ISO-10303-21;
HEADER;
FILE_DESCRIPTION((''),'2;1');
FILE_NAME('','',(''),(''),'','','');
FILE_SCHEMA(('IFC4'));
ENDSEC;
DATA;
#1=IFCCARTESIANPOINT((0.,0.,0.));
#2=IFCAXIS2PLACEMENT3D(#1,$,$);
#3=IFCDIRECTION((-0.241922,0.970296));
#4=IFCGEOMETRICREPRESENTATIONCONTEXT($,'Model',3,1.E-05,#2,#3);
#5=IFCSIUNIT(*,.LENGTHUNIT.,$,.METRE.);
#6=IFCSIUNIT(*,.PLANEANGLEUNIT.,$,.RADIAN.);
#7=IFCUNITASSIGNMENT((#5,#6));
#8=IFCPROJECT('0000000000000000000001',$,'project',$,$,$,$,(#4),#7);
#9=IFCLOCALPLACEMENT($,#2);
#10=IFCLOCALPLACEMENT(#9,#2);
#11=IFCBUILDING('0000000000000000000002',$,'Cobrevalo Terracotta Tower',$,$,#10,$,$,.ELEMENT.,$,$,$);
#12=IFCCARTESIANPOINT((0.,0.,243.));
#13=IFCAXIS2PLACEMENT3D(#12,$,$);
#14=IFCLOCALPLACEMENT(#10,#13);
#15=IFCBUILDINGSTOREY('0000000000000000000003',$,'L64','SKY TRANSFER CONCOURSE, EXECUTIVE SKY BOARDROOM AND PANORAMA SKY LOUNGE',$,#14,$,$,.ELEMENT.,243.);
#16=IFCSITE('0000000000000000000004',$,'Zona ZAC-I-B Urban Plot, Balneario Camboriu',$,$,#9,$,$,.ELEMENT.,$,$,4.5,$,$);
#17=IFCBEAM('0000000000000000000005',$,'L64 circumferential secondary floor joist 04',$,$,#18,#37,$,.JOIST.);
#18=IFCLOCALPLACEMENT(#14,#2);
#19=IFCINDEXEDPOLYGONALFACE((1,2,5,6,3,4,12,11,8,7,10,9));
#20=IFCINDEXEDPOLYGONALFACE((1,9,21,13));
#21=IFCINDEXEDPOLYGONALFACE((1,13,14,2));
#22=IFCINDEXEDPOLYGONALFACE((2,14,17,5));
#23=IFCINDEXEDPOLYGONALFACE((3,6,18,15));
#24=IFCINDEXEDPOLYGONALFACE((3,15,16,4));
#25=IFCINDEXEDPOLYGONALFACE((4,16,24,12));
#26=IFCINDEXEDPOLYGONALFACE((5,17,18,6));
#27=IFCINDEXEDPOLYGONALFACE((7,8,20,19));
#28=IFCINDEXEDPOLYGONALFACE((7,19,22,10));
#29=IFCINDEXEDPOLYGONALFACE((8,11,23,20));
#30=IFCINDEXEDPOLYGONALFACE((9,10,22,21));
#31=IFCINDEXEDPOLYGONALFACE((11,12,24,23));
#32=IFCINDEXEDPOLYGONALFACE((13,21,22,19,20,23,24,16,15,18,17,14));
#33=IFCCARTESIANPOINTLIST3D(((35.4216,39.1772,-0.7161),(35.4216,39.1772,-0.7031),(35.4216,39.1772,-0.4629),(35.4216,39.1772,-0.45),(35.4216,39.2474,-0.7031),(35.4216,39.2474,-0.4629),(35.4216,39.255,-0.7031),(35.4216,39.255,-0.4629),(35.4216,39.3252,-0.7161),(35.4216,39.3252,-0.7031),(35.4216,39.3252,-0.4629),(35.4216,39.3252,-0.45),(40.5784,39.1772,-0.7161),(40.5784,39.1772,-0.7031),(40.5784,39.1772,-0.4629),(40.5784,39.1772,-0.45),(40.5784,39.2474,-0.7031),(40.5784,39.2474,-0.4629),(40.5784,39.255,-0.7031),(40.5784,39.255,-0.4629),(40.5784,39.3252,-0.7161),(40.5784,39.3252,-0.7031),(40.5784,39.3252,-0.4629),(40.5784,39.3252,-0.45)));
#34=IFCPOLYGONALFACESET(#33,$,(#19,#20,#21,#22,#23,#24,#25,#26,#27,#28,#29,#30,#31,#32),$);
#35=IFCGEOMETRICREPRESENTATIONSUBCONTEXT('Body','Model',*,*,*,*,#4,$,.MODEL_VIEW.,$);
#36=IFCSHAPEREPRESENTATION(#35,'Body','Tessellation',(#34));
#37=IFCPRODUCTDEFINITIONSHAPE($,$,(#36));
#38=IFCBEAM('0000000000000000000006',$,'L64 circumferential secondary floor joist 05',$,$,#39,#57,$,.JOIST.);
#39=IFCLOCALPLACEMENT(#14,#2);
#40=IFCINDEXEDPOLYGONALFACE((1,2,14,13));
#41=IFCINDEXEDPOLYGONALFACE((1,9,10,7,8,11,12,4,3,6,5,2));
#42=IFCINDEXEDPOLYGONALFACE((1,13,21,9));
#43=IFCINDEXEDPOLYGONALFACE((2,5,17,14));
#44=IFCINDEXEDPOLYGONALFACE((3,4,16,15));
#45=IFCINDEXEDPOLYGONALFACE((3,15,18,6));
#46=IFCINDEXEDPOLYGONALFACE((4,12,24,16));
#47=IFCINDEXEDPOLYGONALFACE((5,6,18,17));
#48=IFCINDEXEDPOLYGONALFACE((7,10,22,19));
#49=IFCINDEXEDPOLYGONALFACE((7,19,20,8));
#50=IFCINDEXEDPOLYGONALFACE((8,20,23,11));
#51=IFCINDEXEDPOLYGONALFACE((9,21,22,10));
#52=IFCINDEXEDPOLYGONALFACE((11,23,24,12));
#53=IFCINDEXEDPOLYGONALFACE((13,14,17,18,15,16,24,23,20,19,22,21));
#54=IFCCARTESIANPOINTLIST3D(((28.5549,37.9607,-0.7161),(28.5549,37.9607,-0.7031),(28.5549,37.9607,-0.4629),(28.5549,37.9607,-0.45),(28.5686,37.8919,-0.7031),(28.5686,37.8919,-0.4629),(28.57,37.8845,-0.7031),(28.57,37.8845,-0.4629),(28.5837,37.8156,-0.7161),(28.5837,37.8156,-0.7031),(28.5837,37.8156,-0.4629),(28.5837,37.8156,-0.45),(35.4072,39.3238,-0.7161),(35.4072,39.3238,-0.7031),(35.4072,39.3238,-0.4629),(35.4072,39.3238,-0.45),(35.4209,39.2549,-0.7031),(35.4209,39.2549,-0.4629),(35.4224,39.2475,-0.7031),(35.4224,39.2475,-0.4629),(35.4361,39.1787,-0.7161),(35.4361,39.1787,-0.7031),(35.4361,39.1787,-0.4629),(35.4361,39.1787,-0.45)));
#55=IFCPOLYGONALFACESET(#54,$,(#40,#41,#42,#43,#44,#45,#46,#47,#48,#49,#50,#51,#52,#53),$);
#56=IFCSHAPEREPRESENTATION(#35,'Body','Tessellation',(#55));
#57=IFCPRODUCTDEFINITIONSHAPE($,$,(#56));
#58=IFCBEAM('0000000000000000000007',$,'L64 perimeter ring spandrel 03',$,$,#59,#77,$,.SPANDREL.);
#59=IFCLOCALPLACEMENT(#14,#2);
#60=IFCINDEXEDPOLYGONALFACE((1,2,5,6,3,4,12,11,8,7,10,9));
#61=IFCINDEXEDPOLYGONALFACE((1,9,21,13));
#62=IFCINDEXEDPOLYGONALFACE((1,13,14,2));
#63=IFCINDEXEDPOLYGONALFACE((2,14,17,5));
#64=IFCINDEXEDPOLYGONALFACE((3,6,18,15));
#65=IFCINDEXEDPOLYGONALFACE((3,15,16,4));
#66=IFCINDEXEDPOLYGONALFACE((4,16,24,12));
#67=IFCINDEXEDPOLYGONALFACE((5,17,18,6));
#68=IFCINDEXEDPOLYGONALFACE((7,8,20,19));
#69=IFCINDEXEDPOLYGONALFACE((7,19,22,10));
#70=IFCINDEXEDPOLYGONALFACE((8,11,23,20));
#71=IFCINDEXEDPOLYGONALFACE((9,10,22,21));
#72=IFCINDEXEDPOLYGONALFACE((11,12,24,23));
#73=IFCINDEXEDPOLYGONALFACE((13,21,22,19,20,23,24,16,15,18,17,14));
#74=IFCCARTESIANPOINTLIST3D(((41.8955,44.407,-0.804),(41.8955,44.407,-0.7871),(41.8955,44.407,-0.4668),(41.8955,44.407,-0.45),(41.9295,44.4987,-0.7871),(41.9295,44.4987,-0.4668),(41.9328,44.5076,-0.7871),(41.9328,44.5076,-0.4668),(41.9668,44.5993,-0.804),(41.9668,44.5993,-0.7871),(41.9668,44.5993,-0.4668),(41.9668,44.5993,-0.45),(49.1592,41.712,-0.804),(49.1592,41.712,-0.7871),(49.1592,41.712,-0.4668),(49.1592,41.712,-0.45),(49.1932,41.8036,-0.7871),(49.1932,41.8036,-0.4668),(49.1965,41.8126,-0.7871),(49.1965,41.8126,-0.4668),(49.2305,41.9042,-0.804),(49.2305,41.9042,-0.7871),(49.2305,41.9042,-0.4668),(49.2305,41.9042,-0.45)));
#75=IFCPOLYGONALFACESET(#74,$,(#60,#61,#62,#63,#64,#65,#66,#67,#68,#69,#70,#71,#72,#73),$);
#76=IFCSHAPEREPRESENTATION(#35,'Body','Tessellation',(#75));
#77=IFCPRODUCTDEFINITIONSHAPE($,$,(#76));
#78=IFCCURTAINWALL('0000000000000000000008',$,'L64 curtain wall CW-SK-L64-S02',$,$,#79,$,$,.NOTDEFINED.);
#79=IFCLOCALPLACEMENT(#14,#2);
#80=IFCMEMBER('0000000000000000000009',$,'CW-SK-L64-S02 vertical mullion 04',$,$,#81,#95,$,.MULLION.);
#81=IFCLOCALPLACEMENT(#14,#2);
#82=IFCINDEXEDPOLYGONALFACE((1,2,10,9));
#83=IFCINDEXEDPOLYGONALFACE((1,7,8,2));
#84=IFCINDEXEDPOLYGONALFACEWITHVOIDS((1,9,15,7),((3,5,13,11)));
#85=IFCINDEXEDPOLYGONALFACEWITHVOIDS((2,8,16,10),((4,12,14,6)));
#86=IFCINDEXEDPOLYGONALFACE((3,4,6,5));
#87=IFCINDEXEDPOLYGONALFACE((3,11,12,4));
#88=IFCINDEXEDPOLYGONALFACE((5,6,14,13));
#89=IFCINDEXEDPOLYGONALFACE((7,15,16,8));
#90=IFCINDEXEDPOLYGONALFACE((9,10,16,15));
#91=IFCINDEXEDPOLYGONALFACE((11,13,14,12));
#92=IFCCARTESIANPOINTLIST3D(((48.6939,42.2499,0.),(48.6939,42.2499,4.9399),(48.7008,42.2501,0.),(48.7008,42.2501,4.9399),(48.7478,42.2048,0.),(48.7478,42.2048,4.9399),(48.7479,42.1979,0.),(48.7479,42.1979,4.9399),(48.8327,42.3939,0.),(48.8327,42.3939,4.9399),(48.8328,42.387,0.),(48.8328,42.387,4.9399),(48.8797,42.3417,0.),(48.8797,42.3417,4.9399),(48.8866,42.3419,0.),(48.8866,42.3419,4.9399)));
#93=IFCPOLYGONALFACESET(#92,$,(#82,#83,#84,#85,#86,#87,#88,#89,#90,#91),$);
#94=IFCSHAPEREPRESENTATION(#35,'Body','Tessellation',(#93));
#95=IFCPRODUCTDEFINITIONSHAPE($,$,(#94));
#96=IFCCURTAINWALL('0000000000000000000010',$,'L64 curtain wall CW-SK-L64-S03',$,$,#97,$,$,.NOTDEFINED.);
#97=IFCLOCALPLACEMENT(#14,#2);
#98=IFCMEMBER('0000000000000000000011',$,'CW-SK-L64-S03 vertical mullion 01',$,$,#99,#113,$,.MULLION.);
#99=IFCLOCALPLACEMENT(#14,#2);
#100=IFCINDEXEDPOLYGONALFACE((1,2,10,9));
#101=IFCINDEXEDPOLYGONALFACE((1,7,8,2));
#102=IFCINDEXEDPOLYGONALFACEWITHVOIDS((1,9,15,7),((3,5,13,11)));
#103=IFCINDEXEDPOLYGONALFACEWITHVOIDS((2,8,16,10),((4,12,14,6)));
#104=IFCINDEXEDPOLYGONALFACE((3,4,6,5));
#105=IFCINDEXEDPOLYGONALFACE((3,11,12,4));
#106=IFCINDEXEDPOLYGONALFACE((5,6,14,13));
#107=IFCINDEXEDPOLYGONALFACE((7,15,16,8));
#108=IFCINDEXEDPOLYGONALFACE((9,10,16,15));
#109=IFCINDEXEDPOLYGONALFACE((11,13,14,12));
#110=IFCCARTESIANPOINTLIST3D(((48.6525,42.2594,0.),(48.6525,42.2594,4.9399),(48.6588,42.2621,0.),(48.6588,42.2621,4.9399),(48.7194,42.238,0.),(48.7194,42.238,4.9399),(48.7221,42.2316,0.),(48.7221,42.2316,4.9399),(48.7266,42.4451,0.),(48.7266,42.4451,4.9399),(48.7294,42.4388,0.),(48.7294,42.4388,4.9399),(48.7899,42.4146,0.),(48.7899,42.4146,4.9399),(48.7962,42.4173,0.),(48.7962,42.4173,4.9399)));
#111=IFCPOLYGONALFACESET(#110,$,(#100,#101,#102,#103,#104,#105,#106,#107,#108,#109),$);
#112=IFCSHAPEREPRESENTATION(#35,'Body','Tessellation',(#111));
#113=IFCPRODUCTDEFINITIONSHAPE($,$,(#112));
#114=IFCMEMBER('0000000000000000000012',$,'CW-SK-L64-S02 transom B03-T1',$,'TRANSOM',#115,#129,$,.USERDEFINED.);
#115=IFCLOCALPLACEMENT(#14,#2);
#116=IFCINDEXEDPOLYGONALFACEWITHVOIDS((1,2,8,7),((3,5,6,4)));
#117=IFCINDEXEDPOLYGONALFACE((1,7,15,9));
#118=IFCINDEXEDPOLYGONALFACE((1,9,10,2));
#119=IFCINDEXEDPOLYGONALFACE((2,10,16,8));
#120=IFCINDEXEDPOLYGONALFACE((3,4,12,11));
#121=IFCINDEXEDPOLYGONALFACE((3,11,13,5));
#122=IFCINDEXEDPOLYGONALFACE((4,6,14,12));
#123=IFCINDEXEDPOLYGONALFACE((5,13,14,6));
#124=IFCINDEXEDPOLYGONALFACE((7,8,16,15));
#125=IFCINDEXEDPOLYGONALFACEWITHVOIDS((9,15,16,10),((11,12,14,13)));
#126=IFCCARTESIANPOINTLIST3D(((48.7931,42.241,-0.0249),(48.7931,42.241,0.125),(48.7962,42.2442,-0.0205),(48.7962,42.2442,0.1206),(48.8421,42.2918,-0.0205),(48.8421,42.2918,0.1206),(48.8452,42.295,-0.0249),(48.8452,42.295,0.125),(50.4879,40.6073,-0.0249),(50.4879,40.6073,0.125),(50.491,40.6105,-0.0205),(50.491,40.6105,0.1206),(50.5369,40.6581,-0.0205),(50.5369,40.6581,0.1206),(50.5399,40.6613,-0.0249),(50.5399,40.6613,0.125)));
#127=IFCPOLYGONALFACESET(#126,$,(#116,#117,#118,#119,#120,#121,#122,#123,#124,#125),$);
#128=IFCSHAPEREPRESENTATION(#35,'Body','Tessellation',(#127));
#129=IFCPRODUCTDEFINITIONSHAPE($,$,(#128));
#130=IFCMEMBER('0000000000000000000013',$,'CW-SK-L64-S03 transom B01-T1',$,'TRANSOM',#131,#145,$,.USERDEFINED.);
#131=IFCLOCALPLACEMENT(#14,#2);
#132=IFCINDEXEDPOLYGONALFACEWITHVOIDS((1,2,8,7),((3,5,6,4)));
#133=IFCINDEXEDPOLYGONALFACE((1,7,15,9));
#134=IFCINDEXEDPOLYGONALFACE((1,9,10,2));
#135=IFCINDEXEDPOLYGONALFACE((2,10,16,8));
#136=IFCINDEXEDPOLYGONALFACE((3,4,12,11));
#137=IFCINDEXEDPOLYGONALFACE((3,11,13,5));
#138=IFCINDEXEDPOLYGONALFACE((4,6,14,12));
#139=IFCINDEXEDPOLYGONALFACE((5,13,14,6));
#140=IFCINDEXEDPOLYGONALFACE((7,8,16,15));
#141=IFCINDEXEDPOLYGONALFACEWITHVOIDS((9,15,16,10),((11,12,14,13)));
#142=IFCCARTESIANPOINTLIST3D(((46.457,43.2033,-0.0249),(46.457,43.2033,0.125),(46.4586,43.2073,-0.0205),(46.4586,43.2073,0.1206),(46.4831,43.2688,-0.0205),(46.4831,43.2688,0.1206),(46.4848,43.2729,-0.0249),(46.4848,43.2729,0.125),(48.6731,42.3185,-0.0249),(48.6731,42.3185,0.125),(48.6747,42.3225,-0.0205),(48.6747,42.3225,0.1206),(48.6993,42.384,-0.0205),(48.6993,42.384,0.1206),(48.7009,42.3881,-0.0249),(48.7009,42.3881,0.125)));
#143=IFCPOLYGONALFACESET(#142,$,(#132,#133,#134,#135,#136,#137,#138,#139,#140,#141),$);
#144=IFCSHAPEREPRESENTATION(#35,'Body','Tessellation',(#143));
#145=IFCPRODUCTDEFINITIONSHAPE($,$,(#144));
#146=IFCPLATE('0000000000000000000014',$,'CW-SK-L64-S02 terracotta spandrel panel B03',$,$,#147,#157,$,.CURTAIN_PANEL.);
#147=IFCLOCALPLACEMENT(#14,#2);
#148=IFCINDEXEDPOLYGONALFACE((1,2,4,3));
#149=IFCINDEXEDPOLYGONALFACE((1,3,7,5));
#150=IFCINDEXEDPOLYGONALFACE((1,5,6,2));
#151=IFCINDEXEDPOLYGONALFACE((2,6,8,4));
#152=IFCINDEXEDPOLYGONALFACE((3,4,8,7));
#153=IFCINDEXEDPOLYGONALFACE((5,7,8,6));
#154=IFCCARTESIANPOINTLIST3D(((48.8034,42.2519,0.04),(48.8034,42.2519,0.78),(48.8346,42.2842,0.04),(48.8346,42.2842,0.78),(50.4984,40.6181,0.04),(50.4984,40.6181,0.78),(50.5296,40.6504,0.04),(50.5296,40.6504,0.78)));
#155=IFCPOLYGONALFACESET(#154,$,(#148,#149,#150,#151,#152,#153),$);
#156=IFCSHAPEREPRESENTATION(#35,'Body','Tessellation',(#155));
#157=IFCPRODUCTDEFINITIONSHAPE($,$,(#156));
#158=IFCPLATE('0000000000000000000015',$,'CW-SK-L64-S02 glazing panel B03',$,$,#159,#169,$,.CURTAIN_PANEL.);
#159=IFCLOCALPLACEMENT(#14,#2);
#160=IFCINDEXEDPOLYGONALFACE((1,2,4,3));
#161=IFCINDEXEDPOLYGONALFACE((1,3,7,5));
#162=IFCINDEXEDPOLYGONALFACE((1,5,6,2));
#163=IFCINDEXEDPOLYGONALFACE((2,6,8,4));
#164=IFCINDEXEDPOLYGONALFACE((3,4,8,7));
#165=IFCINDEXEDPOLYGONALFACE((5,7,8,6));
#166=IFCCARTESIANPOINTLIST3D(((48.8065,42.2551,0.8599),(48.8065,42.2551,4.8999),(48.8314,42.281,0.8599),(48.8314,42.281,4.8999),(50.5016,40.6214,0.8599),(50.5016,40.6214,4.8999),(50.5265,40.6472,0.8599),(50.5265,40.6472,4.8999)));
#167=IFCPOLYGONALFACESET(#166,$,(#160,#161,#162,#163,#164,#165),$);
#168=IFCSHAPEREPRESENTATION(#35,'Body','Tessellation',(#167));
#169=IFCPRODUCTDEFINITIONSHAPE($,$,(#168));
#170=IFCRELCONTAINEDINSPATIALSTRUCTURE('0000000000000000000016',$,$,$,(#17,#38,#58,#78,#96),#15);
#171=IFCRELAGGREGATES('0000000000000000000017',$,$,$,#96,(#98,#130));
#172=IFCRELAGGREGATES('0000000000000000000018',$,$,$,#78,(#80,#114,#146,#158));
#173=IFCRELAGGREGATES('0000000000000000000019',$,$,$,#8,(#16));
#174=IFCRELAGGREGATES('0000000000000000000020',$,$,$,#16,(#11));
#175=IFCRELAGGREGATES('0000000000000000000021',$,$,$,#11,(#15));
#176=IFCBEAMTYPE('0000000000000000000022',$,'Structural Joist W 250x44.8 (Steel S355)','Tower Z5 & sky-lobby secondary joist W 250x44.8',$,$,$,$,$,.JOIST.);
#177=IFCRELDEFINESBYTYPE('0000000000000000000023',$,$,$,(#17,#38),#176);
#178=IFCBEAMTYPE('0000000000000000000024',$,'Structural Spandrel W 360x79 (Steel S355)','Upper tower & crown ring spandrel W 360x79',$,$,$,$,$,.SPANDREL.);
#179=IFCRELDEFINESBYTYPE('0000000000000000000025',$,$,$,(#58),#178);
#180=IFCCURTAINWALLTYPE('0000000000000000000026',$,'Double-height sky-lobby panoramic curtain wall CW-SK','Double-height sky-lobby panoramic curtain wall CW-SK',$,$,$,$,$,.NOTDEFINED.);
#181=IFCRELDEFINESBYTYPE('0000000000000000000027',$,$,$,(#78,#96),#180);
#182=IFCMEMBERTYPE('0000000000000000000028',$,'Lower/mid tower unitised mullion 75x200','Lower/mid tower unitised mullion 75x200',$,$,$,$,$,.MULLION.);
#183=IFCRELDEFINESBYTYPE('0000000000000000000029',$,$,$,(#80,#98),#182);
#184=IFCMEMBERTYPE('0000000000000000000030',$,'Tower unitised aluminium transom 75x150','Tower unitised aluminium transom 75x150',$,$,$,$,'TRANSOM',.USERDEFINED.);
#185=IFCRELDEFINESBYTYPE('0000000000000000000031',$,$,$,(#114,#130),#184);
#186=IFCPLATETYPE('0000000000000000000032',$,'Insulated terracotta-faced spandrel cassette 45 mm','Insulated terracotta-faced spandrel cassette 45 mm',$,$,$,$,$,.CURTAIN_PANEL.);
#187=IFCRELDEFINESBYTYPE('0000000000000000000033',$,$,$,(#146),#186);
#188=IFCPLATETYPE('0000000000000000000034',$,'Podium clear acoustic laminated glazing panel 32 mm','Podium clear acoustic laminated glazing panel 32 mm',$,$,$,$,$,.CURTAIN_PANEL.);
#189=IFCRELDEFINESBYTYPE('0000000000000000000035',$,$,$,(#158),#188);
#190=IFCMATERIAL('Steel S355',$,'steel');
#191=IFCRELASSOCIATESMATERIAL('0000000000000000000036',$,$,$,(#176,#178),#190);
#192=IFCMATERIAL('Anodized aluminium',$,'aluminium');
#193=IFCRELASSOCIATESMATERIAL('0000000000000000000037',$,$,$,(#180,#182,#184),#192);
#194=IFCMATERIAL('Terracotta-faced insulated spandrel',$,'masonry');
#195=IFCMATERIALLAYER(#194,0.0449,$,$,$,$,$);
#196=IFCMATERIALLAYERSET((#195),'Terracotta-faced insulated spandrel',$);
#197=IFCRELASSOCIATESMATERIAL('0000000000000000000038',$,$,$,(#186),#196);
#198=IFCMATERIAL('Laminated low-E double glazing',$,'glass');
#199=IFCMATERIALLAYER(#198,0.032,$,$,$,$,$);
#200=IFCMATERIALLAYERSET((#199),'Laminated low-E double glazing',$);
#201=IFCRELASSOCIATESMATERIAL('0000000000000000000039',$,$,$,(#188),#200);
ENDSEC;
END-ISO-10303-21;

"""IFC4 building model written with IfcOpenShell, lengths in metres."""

from ifc_helpers import new_model, si_unit, direction, frame, origin, origin_2d, place, context, subcontext, project, spatial, rectangle, hollow_rectangle, i_section, extrude, source, transform, mapped, material, layer, layer_set, material_profile, profile_set, type_object, element, aggregate, save


model = new_model("IFC4")

# Units and contexts
model_context = context("Model", 3, precision=1e-05, world=origin(), true_north=direction((-0.241922, 0.970296)))
body_context = subcontext(model_context, "Body", "Model", "MODEL_VIEW")
ifc_project = project(units=[si_unit("LENGTHUNIT", "METRE"), si_unit("PLANEANGLEUNIT", "RADIAN")], contexts=[model_context])

# Site, building, storey
site_placement = place(None, origin())
site = spatial("IfcSite", under=ifc_project, at=site_placement, Name="Zona ZAC-I-B Urban Plot, Balneario Camboriu", CompositionType="ELEMENT", RefElevation=4.5)
building_placement = place(site_placement, origin())
building = spatial("IfcBuilding", under=site, at=building_placement, Name="Cobrevalo Terracotta Tower", CompositionType="ELEMENT")
storey_placement = place(building_placement, frame((0.0, 0.0, 243.0)))
storey = spatial("IfcBuildingStorey", under=building, at=storey_placement, Name="L64", Description="SKY TRANSFER CONCOURSE, EXECUTIVE SKY BOARDROOM AND PANORAMA SKY LOUNGE", CompositionType="ELEMENT", Elevation=243.0)

# Shared definitions
ifc_material_1 = material(Name="Steel S355", Category="steel")

# Beams
ifc_material_profile_1 = material_profile(ifc_material_1, i_section(OverallWidth=0.1479, OverallDepth=0.2661, WebThickness=0.0076, FlangeThickness=0.0129, at=origin_2d()), Name="W 250x44.8")
ifc_profile_set_1 = profile_set([ifc_material_profile_1], Name="Steel S355")
beam_type_1 = type_object("IfcBeamType", Name="Structural Joist W 250x44.8 (Steel S355)", Description="Tower Z5 & sky-lobby secondary joist W 250x44.8", PredefinedType="JOIST", material=ifc_profile_set_1)
beam_1_placement = place(storey_placement, frame((40.5784, 39.2512, -0.583), z_axis=(-1.0, 0.0, 0.0), x_axis=(0.0, -1.0, 0.0)))
element("IfcBeam", 1, at=beam_1_placement, inside=storey, type_object=beam_type_1, Name="L64 circumferential secondary floor joist 04", PredefinedType="JOIST", context=body_context, shape_type="SweptSolid", body=[
    extrude(i_section(OverallWidth=0.1479, OverallDepth=0.2661, WebThickness=0.0076, FlangeThickness=0.0129, at=origin_2d()), origin(), (0.0, 0.0, 1.0), 5.1567),
])
beam_2_placement = place(storey_placement, frame((35.4216, 39.2512, -0.583), z_axis=(-0.980784, -0.195095, 0.0), x_axis=(0.195095, -0.980784, 0.0)))
element("IfcBeam", 2, at=beam_2_placement, inside=storey, type_object=beam_type_1, Name="L64 circumferential secondary floor joist 05", PredefinedType="JOIST", context=body_context, shape_type="SweptSolid", body=[
    extrude(i_section(OverallWidth=0.1479, OverallDepth=0.2661, WebThickness=0.0076, FlangeThickness=0.0129, at=origin_2d()), origin(), (0.0, 0.0, 1.0), 6.9866),
])
ifc_material_profile_2 = material_profile(ifc_material_1, i_section(OverallWidth=0.2051, OverallDepth=0.354, WebThickness=0.0095, FlangeThickness=0.0168, at=origin_2d()), Name="W 360x79")
ifc_profile_set_2 = profile_set([ifc_material_profile_2], Name="Steel S355")
beam_type_2 = type_object("IfcBeamType", Name="Structural Spandrel W 360x79 (Steel S355)", Description="Upper tower & crown ring spandrel W 360x79", PredefinedType="SPANDREL", material=ifc_profile_set_2)
beam_3_placement = place(storey_placement, frame((49.1948, 41.8081, -0.627), z_axis=(-0.937546, 0.347861, 0.0), x_axis=(-0.347861, -0.937546, 0.0)))
element("IfcBeam", 3, at=beam_3_placement, inside=storey, type_object=beam_type_2, Name="L64 perimeter ring spandrel 03", PredefinedType="SPANDREL", context=body_context, shape_type="SweptSolid", body=[
    extrude(i_section(OverallWidth=0.2051, OverallDepth=0.354, WebThickness=0.0095, FlangeThickness=0.0168, at=origin_2d()), origin(), (0.0, 0.0, 1.0), 7.7476),
])

# Curtain walls, members
ifc_material_2 = material(Name="Anodized aluminium", Category="aluminium")
curtain_wall_type = type_object("IfcCurtainWallType", Name="Double-height sky-lobby panoramic curtain wall CW-SK", Description="Double-height sky-lobby panoramic curtain wall CW-SK", PredefinedType="NOTDEFINED", material=ifc_material_2)
curtain_wall_1_placement = place(storey_placement, origin())
curtain_wall_1 = element("IfcCurtainWall", 4, at=curtain_wall_1_placement, inside=storey, type_object=curtain_wall_type, Name="L64 curtain wall CW-SK-L64-S02", PredefinedType="NOTDEFINED")
ifc_material_profile_3 = material_profile(ifc_material_2, hollow_rectangle(XDim=0.075, YDim=0.2, WallThickness=0.0049, at=origin_2d()), Name="CWM 75x200")
ifc_profile_set_3 = profile_set([ifc_material_profile_3], Name="Anodized aluminium")
member_type_1 = type_object("IfcMemberType", Name="Lower/mid tower unitised mullion 75x200", Description="Lower/mid tower unitised mullion 75x200", PredefinedType="MULLION", material=ifc_profile_set_3)
shared_shape_1 = source(origin(), body_context, "Body", "SweptSolid", [
    extrude(hollow_rectangle(XDim=0.075, YDim=0.2, WallThickness=0.0049, at=origin_2d()), origin(), (0.0, 0.0, 1.0), 4.9399),
])
member_1_placement = place(storey_placement, frame((48.7903, 42.2959, 0.0), z_axis=(0.0, 0.0, 1.0), x_axis=(-0.719994, 0.69398, 0.0)))
member_1 = element("IfcMember", 5, at=member_1_placement, type_object=member_type_1, Name="CW-SK-L64-S02 vertical mullion 04", PredefinedType="MULLION", context=body_context, shape_type="MappedRepresentation", body=[
    mapped(shared_shape_1, transform((0.0, 0.0, 0.0), scale=1.0)),
])
curtain_wall_2_placement = place(storey_placement, origin())
curtain_wall_2 = element("IfcCurtainWall", 6, at=curtain_wall_2_placement, inside=storey, type_object=curtain_wall_type, Name="L64 curtain wall CW-SK-L64-S03", PredefinedType="NOTDEFINED")
member_2_placement = place(storey_placement, frame((48.7244, 42.3384, 0.0), z_axis=(0.0, 0.0, 1.0), x_axis=(-0.928719, 0.370784, 0.0)))
member_2 = element("IfcMember", 7, at=member_2_placement, type_object=member_type_1, Name="CW-SK-L64-S03 vertical mullion 01", PredefinedType="MULLION", context=body_context, shape_type="MappedRepresentation", body=[
    mapped(shared_shape_1, transform((0.0, 0.0, 0.0), scale=1.0)),
])

# Members
ifc_material_profile_4 = material_profile(ifc_material_2, hollow_rectangle(XDim=0.075, YDim=0.1499, WallThickness=0.0044, at=origin_2d()), Name="CWT 75x150")
ifc_profile_set_4 = profile_set([ifc_material_profile_4], Name="Anodized aluminium")
member_type_2 = type_object("IfcMemberType", Name="Tower unitised aluminium transom 75x150", Description="Tower unitised aluminium transom 75x150", ElementType="TRANSOM", PredefinedType="USERDEFINED", material=ifc_profile_set_4)
shared_shape_2 = source(origin(), body_context, "Body", "SweptSolid", [
    extrude(hollow_rectangle(XDim=0.075, YDim=0.1499, WallThickness=0.0044, at=origin_2d()), origin(), (0.0, 0.0, 1.0), 2.354),
])
member_3_placement = place(storey_placement, frame((50.5139, 40.6343, 0.05), z_axis=(-0.719952, 0.694024, 0.0), x_axis=(-0.694024, -0.719952, 0.0)))
member_3 = element("IfcMember", 8, at=member_3_placement, type_object=member_type_2, Name="CW-SK-L64-S02 transom B03-T1", ObjectType="TRANSOM", PredefinedType="USERDEFINED", context=body_context, shape_type="MappedRepresentation", body=[
    mapped(shared_shape_2, transform((0.0, 0.0, 0.0), scale=1.0)),
])
shared_shape_3 = source(origin(), body_context, "Body", "SweptSolid", [
    extrude(hollow_rectangle(XDim=0.075, YDim=0.1499, WallThickness=0.0044, at=origin_2d()), origin(), (0.0, 0.0, 1.0), 2.3862),
])
member_4_placement = place(storey_placement, frame((48.687, 42.3533, 0.05), z_axis=(-0.928716, 0.370791, 0.0), x_axis=(-0.370791, -0.928716, 0.0)))
member_4 = element("IfcMember", 9, at=member_4_placement, type_object=member_type_2, Name="CW-SK-L64-S03 transom B01-T1", ObjectType="TRANSOM", PredefinedType="USERDEFINED", context=body_context, shape_type="MappedRepresentation", body=[
    mapped(shared_shape_3, transform((0.0, 0.0, 0.0), scale=1.0)),
])
aggregate(curtain_wall_2, [member_2, member_4])

# Plates
ifc_material_3 = material(Name="Terracotta-faced insulated spandrel", Category="masonry")
ifc_layer_1 = layer(ifc_material_3, 0.0449)
ifc_layer_set_1 = layer_set([ifc_layer_1], Name="Terracotta-faced insulated spandrel")
plate_type_1 = type_object("IfcPlateType", Name="Insulated terracotta-faced spandrel cassette 45 mm", Description="Insulated terracotta-faced spandrel cassette 45 mm", PredefinedType="CURTAIN_PANEL", material=ifc_layer_set_1)
shared_shape_4 = source(origin(), body_context, "Body", "SweptSolid", [
    extrude(rectangle(XDim=2.3542, YDim=0.0449, at=origin_2d()), origin(), (0.0, 0.0, 1.0), 0.74),
])
plate_1_placement = place(storey_placement, frame((49.6665, 41.4512, 0.04), z_axis=(0.0, 0.0, 1.0), x_axis=(-0.719997, 0.693978, 0.0)))
plate_1 = element("IfcPlate", 10, at=plate_1_placement, type_object=plate_type_1, Name="CW-SK-L64-S02 terracotta spandrel panel B03", PredefinedType="CURTAIN_PANEL", context=body_context, shape_type="MappedRepresentation", body=[
    mapped(shared_shape_4, transform((0.0, 0.0, 0.0), scale=1.0)),
])
ifc_material_4 = material(Name="Laminated low-E double glazing", Category="glass")
ifc_layer_2 = layer(ifc_material_4, 0.032)
ifc_layer_set_2 = layer_set([ifc_layer_2], Name="Laminated low-E double glazing")
plate_type_2 = type_object("IfcPlateType", Name="Podium clear acoustic laminated glazing panel 32 mm", Description="Podium clear acoustic laminated glazing panel 32 mm", PredefinedType="CURTAIN_PANEL", material=ifc_layer_set_2)
shared_shape_5 = source(origin(), body_context, "Body", "SweptSolid", [
    extrude(rectangle(XDim=2.3542, YDim=0.0359, at=origin_2d()), origin(), (0.0, 0.0, 1.0), 4.04),
])
plate_2_placement = place(storey_placement, frame((49.6665, 41.4512, 0.8599), z_axis=(0.0, 0.0, 1.0), x_axis=(-0.719997, 0.693978, 0.0)))
plate_2 = element("IfcPlate", 11, at=plate_2_placement, type_object=plate_type_2, Name="CW-SK-L64-S02 glazing panel B03", PredefinedType="CURTAIN_PANEL", context=body_context, shape_type="MappedRepresentation", body=[
    mapped(shared_shape_5, transform((0.0, 0.0, 0.0), scale=1.0)),
])
aggregate(curtain_wall_1, [member_1, member_3, plate_1, plate_2])

save(model, "model.ifc")
